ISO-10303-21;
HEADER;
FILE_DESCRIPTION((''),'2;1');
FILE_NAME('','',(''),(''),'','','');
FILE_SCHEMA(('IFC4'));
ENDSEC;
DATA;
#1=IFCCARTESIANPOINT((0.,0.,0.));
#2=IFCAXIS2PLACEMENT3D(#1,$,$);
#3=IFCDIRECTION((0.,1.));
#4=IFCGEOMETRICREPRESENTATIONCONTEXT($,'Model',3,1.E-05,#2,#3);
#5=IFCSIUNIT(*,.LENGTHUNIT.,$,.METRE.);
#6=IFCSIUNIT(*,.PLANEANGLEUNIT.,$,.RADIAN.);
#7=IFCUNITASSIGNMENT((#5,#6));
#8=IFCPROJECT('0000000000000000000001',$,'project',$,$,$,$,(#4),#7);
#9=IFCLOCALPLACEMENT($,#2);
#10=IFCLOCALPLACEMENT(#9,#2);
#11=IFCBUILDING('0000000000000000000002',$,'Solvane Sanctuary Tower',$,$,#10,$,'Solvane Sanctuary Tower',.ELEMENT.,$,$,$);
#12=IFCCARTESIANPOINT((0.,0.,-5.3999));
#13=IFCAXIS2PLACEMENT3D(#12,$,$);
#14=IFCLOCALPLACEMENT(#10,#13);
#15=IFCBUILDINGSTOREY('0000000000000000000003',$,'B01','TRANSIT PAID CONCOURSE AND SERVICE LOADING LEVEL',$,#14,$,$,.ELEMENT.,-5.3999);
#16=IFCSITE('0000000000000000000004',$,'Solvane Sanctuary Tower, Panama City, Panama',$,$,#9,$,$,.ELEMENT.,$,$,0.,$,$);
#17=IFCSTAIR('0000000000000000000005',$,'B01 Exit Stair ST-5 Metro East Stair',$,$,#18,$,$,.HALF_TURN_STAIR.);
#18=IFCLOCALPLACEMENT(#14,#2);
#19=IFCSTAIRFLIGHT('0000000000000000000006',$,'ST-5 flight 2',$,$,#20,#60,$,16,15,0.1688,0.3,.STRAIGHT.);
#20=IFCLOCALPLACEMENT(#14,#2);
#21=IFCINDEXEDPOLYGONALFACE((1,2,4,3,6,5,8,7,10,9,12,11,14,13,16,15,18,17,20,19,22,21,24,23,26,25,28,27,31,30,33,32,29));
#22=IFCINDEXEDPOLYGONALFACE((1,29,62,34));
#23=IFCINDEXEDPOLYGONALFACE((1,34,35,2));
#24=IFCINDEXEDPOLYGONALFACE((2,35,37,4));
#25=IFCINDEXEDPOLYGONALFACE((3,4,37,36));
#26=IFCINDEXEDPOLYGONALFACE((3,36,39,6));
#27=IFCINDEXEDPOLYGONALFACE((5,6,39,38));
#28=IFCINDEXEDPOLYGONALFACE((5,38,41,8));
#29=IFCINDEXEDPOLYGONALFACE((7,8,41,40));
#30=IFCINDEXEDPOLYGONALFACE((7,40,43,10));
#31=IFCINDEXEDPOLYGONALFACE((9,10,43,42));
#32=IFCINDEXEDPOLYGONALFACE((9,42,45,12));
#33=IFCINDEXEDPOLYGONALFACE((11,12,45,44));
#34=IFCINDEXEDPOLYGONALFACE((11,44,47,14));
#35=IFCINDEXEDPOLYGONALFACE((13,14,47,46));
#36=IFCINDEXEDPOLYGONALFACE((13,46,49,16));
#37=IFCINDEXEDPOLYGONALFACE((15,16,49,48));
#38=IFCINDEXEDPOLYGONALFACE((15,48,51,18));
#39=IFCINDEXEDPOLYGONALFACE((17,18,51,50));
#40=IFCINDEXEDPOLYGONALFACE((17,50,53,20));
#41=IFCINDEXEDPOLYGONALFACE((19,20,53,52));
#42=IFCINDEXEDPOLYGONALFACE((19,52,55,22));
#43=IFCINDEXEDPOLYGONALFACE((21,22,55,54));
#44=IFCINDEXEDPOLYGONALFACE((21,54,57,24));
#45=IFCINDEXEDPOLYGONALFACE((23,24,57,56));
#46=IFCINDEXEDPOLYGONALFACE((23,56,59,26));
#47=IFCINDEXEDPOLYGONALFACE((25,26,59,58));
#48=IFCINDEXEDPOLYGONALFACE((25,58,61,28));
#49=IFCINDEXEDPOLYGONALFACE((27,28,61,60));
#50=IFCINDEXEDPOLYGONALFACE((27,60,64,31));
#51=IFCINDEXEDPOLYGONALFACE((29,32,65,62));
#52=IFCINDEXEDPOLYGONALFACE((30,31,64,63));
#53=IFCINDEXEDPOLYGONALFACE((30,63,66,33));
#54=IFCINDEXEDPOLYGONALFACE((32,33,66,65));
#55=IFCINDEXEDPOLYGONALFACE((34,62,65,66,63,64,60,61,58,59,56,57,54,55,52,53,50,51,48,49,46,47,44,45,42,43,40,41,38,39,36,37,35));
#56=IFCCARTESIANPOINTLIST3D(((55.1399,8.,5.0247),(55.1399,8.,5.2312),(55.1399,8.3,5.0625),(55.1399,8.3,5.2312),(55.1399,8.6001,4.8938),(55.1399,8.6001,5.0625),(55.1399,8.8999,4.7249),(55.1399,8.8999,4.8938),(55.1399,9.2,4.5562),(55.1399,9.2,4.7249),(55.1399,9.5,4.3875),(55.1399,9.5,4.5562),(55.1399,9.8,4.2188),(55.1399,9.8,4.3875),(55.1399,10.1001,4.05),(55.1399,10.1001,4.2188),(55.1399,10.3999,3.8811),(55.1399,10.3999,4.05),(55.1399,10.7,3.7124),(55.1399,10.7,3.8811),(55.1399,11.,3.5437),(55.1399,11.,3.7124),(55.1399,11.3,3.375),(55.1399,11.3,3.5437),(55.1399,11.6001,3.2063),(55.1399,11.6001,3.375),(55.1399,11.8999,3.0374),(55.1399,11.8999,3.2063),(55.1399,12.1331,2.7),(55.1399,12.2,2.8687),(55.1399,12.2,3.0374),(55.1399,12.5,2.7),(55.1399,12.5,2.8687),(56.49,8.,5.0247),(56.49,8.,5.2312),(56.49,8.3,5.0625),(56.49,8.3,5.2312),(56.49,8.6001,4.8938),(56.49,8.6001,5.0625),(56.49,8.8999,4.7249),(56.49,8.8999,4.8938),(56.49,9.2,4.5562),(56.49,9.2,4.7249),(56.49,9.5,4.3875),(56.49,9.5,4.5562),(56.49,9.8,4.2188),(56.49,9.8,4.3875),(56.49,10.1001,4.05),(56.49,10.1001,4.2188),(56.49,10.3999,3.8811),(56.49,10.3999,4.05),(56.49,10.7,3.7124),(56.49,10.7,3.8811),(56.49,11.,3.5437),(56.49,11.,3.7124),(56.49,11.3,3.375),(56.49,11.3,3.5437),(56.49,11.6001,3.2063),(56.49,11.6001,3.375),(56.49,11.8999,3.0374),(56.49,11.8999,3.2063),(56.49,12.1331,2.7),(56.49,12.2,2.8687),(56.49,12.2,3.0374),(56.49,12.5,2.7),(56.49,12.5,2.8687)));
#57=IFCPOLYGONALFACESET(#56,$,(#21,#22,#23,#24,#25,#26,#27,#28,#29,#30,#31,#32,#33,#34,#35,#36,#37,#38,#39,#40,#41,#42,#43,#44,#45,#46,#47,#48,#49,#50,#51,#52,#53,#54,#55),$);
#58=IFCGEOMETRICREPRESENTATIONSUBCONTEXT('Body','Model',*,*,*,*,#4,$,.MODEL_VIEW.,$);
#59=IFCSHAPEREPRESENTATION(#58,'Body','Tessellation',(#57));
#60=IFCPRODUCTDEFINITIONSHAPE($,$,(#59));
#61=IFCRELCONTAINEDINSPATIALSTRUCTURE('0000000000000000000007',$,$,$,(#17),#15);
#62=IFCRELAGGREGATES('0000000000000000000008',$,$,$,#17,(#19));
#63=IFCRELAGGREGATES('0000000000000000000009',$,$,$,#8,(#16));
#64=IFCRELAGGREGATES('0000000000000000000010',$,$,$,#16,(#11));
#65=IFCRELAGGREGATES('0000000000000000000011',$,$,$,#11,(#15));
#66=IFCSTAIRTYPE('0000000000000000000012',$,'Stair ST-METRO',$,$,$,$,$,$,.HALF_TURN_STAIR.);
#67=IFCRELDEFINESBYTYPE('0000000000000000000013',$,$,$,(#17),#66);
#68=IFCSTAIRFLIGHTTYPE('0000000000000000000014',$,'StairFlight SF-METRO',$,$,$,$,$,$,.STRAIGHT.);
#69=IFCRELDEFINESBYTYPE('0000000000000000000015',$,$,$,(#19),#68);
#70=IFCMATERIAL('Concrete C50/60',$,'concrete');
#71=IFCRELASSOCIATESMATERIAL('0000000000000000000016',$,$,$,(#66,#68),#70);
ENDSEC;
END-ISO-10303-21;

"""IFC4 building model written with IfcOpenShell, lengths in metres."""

from ifc_helpers import new_model, si_unit, direction, frame, origin, place, context, subcontext, project, spatial, polyline, outline, extrude, material, type_object, element, aggregate, save


model = new_model("IFC4")

# Units and contexts
model_context = context("Model", 3, precision=1e-05, world=origin(), true_north=direction((0.0, 1.0)))
body_context = subcontext(model_context, "Body", "Model", "MODEL_VIEW")
ifc_project = project(units=[si_unit("LENGTHUNIT", "METRE"), si_unit("PLANEANGLEUNIT", "RADIAN")], contexts=[model_context])

# Site, building, storey
site_placement = place(None, origin())
site = spatial("IfcSite", under=ifc_project, at=site_placement, Name="Solvane Sanctuary Tower, Panama City, Panama", CompositionType="ELEMENT", RefElevation=0.0)
building_placement = place(site_placement, origin())
building = spatial("IfcBuilding", under=site, at=building_placement, Name="Solvane Sanctuary Tower", LongName="Solvane Sanctuary Tower", CompositionType="ELEMENT")
storey_placement = place(building_placement, frame((0.0, 0.0, -5.3999)))
storey = spatial("IfcBuildingStorey", under=building, at=storey_placement, Name="B01", Description="TRANSIT PAID CONCOURSE AND SERVICE LOADING LEVEL", CompositionType="ELEMENT", Elevation=-5.3999)

# Shared definitions
ifc_material_1 = material(Name="Concrete C50/60", Category="concrete")

# Stair, stair flight
stair_type = type_object("IfcStairType", Name="Stair ST-METRO", PredefinedType="HALF_TURN_STAIR", material=ifc_material_1)
stair_placement = place(storey_placement, origin())
stair = element("IfcStair", 1, at=stair_placement, inside=storey, type_object=stair_type, Name="B01 Exit Stair ST-5 Metro East Stair", PredefinedType="HALF_TURN_STAIR")
stair_flight_type = type_object("IfcStairFlightType", Name="StairFlight SF-METRO", PredefinedType="STRAIGHT", material=ifc_material_1)
stair_flight_1_placement = place(storey_placement, frame((55.8149, 12.5, 2.7), z_axis=(0.0, 0.0, 1.0), x_axis=(0.0, -1.0, 0.0)))
stair_flight_1 = element("IfcStairFlight", 2, at=stair_flight_1_placement, type_object=stair_flight_type, Name="ST-5 flight 2", NumberOfRisers=16, NumberOfTreads=15, PredefinedType="STRAIGHT", RiserHeight=0.1688, TreadLength=0.3, context=body_context, shape_type="SweptSolid", body=[
    extrude(outline(polyline([(0.0, 0.0), (0.0, 0.1687), (0.3, 0.1687), (0.3, 0.3374), (0.6001, 0.3374), (0.6001, 0.5063), (0.8999, 0.5063), (0.8999, 0.675), (1.2, 0.675), (1.2, 0.8438), (1.5, 0.8438), (1.5, 1.0125), (1.8, 1.0125), (1.8, 1.1812), (2.1001, 1.1812), (2.1001, 1.3501), (2.3999, 1.3501), (2.3999, 1.5188), (2.7, 1.5188), (2.7, 1.6875), (3.0, 1.6875), (3.0, 1.8562), (3.3, 1.8562), (3.3, 2.0249), (3.6001, 2.0249), (3.6001, 2.1938), (3.8999, 2.1938), (3.8999, 2.3625), (4.2, 2.3625), (4.2, 2.5312), (4.5, 2.5312), (4.5, 2.7), (4.5, 2.3247), (0.3669, 0.0), (0.0, 0.0)])), frame((0.0, 0.675, 0.0), z_axis=(0.0, -1.0, 0.0), x_axis=(1.0, 0.0, 0.0)), (0.0, 0.0, 1.0), 1.3501),
])
aggregate(stair, [stair_flight_1])

save(model, "model.ifc")
